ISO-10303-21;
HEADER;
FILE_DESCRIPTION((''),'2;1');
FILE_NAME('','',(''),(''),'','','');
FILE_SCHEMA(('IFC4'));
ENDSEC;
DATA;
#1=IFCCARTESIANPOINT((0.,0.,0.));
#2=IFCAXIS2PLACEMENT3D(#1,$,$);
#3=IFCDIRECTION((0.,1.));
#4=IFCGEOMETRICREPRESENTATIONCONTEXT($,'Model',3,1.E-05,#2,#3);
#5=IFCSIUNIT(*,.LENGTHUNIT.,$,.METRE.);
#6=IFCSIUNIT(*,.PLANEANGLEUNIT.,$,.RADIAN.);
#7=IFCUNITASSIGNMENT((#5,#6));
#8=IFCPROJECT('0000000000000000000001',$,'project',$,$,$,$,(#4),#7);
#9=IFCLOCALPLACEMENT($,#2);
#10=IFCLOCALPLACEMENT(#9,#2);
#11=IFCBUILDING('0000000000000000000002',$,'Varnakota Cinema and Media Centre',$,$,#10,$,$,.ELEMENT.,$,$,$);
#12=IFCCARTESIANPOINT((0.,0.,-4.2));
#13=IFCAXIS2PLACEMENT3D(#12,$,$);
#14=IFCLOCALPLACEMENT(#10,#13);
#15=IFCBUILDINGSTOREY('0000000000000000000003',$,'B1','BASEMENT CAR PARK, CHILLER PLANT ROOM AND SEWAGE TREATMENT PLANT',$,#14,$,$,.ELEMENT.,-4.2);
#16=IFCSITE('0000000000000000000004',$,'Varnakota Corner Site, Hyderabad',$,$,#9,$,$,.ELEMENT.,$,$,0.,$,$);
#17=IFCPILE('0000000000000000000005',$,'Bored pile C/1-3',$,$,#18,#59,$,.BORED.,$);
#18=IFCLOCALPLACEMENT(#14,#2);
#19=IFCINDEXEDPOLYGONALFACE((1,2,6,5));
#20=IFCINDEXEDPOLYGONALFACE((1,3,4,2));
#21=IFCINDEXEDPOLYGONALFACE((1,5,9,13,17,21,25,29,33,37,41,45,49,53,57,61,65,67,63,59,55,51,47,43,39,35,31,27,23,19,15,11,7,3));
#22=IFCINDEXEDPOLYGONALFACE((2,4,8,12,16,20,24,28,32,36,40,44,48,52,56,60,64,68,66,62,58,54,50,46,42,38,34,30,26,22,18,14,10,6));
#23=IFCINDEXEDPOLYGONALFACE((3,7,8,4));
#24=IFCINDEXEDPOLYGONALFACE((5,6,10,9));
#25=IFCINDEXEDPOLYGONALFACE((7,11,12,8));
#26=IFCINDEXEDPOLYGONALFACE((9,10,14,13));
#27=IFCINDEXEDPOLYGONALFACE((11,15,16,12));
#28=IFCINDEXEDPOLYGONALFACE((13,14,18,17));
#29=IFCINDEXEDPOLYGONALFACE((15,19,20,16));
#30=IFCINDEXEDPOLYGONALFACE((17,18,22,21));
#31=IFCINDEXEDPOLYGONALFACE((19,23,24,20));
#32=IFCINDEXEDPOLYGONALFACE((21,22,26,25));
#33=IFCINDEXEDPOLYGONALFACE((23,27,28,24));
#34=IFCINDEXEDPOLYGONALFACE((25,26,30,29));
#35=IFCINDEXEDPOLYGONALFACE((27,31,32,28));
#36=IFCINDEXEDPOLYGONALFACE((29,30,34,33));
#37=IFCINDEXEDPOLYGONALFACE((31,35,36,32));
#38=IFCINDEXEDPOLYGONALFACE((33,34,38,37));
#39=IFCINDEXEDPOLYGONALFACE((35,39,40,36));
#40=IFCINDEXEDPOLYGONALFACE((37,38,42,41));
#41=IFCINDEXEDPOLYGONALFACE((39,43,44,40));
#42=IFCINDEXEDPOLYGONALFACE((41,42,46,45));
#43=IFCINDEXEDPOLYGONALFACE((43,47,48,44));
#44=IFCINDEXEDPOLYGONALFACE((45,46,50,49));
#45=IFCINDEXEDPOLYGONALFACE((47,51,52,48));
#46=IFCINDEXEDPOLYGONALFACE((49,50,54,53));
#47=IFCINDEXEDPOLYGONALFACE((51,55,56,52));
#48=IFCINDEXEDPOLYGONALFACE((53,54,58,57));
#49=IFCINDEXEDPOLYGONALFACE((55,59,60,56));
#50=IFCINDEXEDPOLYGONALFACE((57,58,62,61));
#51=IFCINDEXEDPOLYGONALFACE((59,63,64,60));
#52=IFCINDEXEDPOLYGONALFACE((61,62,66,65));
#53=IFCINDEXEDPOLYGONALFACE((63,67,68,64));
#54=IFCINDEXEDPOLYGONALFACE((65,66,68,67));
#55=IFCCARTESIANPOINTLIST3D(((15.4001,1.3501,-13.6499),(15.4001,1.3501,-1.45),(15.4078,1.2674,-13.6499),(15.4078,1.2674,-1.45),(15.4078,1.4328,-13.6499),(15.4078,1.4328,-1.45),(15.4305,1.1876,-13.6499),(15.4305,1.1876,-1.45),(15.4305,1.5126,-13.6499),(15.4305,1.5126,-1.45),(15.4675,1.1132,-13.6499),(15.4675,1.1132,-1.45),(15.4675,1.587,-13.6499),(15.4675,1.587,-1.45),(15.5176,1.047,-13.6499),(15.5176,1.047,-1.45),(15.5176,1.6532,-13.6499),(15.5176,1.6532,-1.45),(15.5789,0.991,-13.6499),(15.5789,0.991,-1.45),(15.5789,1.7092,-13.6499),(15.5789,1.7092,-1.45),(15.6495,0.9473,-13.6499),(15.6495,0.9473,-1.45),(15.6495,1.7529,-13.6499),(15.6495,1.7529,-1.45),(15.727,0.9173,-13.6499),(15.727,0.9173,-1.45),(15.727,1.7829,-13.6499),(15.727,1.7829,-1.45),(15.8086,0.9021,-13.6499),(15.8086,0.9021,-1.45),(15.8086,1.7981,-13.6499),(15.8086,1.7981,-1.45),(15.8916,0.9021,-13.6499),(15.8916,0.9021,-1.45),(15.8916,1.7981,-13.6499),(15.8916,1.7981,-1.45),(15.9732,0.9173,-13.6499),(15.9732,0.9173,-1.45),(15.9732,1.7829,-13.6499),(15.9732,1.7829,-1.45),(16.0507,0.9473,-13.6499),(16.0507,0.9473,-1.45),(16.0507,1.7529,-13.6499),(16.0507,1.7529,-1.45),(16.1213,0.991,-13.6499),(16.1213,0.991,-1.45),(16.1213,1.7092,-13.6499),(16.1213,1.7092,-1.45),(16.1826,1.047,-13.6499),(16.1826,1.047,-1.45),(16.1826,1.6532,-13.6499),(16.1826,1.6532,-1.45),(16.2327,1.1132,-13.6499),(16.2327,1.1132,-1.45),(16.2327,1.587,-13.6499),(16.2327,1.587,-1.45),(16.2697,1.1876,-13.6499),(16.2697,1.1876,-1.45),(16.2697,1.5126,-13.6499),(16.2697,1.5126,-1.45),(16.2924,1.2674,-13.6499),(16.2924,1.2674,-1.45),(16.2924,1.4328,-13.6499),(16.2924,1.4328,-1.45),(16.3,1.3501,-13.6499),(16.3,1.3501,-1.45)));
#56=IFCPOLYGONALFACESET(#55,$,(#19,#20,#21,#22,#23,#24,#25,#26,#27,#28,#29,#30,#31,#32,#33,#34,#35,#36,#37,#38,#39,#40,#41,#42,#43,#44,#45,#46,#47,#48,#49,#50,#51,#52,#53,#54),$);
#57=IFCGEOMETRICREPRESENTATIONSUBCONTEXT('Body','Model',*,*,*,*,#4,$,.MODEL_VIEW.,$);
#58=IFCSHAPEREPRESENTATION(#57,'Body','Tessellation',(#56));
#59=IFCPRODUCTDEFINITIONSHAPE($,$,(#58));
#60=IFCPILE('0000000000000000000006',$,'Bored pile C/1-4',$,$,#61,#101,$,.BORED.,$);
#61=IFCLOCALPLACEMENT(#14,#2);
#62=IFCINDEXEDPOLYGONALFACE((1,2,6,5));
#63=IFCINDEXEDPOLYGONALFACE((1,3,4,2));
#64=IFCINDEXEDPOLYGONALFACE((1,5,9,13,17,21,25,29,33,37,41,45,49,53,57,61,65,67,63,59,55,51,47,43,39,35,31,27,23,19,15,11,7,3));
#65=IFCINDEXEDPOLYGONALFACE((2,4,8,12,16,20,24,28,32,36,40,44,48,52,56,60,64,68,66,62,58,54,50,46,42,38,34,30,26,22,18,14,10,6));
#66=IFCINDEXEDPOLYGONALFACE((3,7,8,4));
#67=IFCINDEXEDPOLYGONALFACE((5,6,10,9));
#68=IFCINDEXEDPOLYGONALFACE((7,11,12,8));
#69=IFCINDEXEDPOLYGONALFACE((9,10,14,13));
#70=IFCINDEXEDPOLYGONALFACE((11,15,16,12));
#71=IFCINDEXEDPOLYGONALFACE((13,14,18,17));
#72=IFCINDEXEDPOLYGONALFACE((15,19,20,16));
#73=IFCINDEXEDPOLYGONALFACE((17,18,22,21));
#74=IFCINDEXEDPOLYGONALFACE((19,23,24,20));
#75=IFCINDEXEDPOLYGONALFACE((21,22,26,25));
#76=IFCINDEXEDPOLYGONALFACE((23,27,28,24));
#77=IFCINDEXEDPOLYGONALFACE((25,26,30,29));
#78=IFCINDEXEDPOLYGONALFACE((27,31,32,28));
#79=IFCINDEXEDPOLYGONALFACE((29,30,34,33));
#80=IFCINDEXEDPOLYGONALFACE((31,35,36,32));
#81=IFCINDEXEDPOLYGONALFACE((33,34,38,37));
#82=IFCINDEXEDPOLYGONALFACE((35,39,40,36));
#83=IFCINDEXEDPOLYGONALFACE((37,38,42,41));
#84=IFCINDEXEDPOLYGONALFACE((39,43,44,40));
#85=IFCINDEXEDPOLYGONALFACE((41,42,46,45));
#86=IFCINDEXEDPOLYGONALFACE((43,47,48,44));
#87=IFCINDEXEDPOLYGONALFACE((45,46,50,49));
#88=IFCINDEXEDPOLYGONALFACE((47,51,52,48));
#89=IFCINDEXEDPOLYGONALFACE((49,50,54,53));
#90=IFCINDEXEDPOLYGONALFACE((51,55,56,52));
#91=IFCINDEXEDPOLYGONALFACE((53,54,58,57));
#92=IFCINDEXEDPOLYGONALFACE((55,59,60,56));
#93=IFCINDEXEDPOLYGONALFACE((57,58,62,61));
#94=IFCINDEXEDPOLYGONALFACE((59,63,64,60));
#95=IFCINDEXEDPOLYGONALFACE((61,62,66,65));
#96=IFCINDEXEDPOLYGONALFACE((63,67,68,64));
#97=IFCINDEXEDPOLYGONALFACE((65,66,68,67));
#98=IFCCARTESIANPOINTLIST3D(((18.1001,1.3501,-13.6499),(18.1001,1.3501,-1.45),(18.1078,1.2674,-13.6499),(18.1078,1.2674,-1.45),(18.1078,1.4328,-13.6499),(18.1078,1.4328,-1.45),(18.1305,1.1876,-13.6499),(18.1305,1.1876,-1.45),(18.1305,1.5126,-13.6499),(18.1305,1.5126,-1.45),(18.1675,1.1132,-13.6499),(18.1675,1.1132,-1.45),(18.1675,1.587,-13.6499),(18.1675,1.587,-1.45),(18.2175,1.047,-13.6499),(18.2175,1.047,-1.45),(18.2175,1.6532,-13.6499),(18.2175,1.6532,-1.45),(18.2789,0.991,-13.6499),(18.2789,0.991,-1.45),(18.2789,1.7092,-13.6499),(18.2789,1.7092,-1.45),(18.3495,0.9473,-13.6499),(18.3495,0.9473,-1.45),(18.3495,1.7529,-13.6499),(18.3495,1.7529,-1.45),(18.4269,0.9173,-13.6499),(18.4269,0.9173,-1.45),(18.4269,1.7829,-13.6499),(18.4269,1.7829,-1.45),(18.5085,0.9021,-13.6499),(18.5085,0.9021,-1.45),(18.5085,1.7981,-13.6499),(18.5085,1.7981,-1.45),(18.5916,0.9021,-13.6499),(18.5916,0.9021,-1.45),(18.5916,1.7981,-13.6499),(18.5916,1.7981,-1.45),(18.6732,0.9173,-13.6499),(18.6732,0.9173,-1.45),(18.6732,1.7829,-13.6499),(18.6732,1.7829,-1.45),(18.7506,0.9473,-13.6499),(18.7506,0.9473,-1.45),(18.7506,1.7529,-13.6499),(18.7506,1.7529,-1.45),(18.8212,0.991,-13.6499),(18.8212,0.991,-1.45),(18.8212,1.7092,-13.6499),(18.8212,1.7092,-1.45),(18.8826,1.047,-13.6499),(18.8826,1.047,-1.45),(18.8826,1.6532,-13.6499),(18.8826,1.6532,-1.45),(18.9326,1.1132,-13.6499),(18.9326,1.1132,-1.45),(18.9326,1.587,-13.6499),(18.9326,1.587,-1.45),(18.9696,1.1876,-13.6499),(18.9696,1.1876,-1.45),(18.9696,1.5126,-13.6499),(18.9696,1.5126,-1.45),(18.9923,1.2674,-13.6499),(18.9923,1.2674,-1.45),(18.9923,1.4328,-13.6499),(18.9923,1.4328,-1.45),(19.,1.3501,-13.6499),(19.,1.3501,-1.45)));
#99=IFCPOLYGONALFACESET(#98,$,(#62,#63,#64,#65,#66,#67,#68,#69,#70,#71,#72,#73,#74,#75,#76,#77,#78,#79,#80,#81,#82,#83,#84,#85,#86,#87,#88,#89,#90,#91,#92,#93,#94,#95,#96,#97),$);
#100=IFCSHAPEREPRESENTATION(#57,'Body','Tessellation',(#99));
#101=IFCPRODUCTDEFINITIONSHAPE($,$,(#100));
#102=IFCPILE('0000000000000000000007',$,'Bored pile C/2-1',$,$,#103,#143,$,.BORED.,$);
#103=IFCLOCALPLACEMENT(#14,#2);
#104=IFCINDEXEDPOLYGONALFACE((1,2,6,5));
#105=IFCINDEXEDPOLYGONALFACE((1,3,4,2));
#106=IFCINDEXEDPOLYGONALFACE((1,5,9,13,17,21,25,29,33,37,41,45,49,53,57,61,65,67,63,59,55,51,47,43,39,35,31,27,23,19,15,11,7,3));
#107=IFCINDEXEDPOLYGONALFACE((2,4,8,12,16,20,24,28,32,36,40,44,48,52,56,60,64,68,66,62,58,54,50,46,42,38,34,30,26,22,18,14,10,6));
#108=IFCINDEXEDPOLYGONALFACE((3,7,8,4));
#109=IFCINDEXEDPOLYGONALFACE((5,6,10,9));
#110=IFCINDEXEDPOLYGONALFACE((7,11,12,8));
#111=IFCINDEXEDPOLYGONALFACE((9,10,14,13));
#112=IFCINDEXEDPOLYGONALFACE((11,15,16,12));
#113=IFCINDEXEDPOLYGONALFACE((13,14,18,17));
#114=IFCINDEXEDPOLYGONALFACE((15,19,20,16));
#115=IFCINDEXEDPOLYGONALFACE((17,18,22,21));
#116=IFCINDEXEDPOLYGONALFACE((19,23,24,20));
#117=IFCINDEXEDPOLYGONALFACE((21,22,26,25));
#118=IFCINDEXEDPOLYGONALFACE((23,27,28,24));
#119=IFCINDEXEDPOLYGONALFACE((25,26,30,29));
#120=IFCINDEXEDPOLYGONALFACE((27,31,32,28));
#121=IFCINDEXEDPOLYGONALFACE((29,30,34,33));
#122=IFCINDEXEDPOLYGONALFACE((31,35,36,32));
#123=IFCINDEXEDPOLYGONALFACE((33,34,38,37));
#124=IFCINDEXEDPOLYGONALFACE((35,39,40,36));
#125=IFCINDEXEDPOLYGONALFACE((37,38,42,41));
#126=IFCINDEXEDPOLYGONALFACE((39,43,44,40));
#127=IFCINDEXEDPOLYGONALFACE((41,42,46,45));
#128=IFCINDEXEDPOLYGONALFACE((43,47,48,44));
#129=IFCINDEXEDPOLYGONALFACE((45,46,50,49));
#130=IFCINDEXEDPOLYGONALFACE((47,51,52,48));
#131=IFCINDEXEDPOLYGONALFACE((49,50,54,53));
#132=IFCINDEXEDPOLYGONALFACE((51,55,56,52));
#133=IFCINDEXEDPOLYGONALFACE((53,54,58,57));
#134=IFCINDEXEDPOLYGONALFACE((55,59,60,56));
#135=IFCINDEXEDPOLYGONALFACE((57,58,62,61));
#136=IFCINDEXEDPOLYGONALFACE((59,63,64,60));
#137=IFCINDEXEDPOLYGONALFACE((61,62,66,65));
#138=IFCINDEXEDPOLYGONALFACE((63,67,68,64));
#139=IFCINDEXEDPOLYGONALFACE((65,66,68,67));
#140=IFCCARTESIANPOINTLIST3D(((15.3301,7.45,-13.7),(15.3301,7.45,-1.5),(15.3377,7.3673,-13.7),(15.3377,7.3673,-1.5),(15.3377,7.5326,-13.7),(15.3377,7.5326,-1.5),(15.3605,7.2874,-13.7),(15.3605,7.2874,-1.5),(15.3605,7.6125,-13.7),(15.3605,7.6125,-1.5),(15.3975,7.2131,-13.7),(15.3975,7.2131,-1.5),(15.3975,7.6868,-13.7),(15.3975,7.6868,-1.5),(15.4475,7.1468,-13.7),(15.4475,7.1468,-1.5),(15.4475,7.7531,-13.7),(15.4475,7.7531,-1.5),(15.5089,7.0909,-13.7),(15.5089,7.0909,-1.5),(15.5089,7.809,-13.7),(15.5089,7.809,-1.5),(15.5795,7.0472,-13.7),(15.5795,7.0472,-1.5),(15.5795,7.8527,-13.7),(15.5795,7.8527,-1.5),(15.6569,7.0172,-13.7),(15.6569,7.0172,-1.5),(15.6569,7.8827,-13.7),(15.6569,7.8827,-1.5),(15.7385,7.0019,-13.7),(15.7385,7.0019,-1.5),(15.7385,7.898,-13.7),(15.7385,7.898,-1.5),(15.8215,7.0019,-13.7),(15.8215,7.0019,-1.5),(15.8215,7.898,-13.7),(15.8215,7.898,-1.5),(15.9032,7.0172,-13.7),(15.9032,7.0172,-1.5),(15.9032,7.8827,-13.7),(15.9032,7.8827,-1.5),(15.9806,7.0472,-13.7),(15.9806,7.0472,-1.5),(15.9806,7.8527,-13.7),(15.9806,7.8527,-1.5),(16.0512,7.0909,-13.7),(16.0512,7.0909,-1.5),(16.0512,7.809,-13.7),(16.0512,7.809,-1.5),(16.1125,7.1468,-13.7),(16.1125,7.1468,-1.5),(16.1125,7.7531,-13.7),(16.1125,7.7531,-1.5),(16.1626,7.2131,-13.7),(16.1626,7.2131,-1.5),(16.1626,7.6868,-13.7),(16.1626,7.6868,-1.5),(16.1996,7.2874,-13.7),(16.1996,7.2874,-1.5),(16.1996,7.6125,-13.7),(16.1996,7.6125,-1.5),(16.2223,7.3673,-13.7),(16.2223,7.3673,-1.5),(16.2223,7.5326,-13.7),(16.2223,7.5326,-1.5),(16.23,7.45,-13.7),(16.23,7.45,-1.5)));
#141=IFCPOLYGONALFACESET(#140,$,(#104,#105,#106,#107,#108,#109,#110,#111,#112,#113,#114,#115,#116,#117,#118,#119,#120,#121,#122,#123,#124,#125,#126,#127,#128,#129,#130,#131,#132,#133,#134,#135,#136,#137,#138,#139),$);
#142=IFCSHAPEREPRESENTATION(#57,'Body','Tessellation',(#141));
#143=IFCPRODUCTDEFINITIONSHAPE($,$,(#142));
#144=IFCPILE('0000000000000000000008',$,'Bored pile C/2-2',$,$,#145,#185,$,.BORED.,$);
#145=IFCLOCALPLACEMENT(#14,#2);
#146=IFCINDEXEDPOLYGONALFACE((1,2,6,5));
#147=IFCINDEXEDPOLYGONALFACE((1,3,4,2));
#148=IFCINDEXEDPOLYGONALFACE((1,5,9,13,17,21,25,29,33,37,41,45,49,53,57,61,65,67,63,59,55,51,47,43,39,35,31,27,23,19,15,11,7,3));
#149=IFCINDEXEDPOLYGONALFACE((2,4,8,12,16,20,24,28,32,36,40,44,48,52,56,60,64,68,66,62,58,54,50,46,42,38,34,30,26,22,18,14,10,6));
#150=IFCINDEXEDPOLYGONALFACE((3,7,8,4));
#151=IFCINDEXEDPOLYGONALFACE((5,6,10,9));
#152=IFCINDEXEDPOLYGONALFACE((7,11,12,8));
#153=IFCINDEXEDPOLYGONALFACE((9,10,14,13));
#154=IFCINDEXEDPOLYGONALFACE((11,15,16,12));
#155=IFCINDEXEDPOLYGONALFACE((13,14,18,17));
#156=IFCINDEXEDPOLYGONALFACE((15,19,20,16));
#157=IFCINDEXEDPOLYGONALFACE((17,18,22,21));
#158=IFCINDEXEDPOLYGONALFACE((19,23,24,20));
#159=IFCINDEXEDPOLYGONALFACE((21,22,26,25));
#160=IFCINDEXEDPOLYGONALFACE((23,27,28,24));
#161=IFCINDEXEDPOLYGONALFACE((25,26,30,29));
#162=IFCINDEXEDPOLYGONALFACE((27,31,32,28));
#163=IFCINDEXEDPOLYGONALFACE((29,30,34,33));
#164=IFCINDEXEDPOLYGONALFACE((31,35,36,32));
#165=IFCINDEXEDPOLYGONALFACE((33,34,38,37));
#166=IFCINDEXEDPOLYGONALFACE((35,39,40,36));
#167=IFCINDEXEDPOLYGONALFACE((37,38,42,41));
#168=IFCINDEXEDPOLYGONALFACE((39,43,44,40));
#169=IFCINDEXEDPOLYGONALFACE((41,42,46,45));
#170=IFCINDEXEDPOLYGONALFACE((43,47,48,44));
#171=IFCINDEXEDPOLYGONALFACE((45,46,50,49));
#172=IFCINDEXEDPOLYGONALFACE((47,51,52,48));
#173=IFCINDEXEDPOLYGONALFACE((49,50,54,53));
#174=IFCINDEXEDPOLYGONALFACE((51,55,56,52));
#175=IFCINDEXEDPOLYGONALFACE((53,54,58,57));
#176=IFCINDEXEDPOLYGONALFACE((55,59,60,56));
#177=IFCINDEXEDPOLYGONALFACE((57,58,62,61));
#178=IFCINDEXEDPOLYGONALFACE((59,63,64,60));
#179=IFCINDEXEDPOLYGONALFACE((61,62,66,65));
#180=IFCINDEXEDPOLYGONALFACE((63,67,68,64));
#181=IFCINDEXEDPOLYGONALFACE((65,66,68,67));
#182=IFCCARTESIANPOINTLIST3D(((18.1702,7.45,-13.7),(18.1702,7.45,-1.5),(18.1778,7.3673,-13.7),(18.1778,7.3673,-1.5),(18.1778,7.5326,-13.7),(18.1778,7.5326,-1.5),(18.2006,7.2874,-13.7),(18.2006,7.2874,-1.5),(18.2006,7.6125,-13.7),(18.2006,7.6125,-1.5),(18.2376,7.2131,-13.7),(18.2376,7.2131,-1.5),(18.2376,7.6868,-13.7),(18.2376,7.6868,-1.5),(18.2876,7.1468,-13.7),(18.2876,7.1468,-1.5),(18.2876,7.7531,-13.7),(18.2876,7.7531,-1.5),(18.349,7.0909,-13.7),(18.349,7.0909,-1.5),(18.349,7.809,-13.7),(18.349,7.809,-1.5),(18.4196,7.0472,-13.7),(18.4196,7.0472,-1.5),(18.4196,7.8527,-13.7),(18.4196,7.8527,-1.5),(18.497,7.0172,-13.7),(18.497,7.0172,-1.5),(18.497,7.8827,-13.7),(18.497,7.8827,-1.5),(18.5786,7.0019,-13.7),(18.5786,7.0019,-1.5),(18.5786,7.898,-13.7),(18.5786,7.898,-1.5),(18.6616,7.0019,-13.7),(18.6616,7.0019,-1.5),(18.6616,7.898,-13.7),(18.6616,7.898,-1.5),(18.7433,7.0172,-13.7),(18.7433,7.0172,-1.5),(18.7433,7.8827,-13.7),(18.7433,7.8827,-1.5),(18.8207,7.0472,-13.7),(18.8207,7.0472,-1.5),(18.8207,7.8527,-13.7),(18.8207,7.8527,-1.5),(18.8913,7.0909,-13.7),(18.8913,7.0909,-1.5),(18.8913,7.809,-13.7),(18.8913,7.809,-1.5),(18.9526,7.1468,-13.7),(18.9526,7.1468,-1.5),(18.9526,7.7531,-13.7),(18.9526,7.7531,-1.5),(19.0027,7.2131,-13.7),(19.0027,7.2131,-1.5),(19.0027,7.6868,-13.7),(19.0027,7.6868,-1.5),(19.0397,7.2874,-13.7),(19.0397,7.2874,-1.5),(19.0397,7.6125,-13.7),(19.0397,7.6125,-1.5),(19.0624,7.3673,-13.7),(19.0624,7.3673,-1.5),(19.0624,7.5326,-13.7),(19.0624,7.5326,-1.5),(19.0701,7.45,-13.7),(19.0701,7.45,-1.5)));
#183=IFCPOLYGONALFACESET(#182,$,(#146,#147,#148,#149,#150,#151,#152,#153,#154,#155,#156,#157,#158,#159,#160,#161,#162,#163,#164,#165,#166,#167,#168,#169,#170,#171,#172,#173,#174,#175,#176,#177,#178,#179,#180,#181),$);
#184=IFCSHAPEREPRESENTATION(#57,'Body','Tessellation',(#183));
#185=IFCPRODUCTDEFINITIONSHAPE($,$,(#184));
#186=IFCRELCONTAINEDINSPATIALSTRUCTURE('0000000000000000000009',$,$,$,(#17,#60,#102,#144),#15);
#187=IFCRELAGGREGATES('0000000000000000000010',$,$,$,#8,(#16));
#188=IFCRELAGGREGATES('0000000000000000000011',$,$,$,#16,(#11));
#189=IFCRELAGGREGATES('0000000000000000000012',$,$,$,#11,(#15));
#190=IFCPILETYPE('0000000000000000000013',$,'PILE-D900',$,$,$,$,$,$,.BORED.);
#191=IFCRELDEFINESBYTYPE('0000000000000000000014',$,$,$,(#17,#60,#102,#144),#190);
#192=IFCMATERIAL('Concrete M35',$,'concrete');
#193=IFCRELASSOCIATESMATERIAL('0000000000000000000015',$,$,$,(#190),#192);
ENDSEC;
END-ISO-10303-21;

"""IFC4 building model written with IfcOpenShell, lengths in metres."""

from ifc_helpers import new_model, si_unit, direction, frame, origin, origin_2d, place, context, subcontext, project, spatial, circle, extrude, material, material_profile, profile_set, type_object, element, save


model = new_model("IFC4")

# Units and contexts
model_context = context("Model", 3, precision=1e-05, world=origin(), true_north=direction((0.0, 1.0)))
body_context = subcontext(model_context, "Body", "Model", "MODEL_VIEW")
ifc_project = project(units=[si_unit("LENGTHUNIT", "METRE"), si_unit("PLANEANGLEUNIT", "RADIAN")], contexts=[model_context])

# Site, building, storey
site_placement = place(None, origin())
site = spatial("IfcSite", under=ifc_project, at=site_placement, Name="Varnakota Corner Site, Hyderabad", CompositionType="ELEMENT", RefElevation=0.0)
building_placement = place(site_placement, origin())
building = spatial("IfcBuilding", under=site, at=building_placement, Name="Varnakota Cinema and Media Centre", CompositionType="ELEMENT")
storey_placement = place(building_placement, frame((0.0, 0.0, -4.2)))
storey = spatial("IfcBuildingStorey", under=building, at=storey_placement, Name="B1", Description="BASEMENT CAR PARK, CHILLER PLANT ROOM AND SEWAGE TREATMENT PLANT", CompositionType="ELEMENT", Elevation=-4.2)

# Piles
ifc_material_1 = material(Name="Concrete M35", Category="concrete")
ifc_material_profile_1 = material_profile(ifc_material_1, circle(Radius=0.45, at=origin_2d()), Name="PILE D900")
ifc_profile_set_1 = profile_set([ifc_material_profile_1], Name="Concrete M35")
pile_type_1 = type_object("IfcPileType", Name="PILE-D900", PredefinedType="BORED", material=ifc_profile_set_1)
for number, where, z_axis, x_axis, name in (
    (1, (15.8501, 1.3501, -1.45), (0.0, 0.0, -1.0), (1.0, 0.0, 0.0), "Bored pile C/1-3"),
    (2, (18.55, 1.3501, -1.45), (0.0, 0.0, -1.0), (1.0, 0.0, 0.0), "Bored pile C/1-4"),
    (3, (15.78, 7.45, -1.5), (0.0, 0.0, -1.0), (1.0, 0.0, 0.0), "Bored pile C/2-1"),
    (4, (18.6201, 7.45, -1.5), (0.0, 0.0, -1.0), (1.0, 0.0, 0.0), "Bored pile C/2-2"),
):
    element("IfcPile", number, at=place(storey_placement, frame(where, z_axis=z_axis, x_axis=x_axis)), inside=storey, type_object=pile_type_1, Name=name, PredefinedType="BORED", context=body_context, shape_type="SweptSolid", body=[
        extrude(circle(Radius=0.45, at=origin_2d()), origin(), (0.0, 0.0, 1.0), 12.2),
    ])

save(model, "model.ifc")
